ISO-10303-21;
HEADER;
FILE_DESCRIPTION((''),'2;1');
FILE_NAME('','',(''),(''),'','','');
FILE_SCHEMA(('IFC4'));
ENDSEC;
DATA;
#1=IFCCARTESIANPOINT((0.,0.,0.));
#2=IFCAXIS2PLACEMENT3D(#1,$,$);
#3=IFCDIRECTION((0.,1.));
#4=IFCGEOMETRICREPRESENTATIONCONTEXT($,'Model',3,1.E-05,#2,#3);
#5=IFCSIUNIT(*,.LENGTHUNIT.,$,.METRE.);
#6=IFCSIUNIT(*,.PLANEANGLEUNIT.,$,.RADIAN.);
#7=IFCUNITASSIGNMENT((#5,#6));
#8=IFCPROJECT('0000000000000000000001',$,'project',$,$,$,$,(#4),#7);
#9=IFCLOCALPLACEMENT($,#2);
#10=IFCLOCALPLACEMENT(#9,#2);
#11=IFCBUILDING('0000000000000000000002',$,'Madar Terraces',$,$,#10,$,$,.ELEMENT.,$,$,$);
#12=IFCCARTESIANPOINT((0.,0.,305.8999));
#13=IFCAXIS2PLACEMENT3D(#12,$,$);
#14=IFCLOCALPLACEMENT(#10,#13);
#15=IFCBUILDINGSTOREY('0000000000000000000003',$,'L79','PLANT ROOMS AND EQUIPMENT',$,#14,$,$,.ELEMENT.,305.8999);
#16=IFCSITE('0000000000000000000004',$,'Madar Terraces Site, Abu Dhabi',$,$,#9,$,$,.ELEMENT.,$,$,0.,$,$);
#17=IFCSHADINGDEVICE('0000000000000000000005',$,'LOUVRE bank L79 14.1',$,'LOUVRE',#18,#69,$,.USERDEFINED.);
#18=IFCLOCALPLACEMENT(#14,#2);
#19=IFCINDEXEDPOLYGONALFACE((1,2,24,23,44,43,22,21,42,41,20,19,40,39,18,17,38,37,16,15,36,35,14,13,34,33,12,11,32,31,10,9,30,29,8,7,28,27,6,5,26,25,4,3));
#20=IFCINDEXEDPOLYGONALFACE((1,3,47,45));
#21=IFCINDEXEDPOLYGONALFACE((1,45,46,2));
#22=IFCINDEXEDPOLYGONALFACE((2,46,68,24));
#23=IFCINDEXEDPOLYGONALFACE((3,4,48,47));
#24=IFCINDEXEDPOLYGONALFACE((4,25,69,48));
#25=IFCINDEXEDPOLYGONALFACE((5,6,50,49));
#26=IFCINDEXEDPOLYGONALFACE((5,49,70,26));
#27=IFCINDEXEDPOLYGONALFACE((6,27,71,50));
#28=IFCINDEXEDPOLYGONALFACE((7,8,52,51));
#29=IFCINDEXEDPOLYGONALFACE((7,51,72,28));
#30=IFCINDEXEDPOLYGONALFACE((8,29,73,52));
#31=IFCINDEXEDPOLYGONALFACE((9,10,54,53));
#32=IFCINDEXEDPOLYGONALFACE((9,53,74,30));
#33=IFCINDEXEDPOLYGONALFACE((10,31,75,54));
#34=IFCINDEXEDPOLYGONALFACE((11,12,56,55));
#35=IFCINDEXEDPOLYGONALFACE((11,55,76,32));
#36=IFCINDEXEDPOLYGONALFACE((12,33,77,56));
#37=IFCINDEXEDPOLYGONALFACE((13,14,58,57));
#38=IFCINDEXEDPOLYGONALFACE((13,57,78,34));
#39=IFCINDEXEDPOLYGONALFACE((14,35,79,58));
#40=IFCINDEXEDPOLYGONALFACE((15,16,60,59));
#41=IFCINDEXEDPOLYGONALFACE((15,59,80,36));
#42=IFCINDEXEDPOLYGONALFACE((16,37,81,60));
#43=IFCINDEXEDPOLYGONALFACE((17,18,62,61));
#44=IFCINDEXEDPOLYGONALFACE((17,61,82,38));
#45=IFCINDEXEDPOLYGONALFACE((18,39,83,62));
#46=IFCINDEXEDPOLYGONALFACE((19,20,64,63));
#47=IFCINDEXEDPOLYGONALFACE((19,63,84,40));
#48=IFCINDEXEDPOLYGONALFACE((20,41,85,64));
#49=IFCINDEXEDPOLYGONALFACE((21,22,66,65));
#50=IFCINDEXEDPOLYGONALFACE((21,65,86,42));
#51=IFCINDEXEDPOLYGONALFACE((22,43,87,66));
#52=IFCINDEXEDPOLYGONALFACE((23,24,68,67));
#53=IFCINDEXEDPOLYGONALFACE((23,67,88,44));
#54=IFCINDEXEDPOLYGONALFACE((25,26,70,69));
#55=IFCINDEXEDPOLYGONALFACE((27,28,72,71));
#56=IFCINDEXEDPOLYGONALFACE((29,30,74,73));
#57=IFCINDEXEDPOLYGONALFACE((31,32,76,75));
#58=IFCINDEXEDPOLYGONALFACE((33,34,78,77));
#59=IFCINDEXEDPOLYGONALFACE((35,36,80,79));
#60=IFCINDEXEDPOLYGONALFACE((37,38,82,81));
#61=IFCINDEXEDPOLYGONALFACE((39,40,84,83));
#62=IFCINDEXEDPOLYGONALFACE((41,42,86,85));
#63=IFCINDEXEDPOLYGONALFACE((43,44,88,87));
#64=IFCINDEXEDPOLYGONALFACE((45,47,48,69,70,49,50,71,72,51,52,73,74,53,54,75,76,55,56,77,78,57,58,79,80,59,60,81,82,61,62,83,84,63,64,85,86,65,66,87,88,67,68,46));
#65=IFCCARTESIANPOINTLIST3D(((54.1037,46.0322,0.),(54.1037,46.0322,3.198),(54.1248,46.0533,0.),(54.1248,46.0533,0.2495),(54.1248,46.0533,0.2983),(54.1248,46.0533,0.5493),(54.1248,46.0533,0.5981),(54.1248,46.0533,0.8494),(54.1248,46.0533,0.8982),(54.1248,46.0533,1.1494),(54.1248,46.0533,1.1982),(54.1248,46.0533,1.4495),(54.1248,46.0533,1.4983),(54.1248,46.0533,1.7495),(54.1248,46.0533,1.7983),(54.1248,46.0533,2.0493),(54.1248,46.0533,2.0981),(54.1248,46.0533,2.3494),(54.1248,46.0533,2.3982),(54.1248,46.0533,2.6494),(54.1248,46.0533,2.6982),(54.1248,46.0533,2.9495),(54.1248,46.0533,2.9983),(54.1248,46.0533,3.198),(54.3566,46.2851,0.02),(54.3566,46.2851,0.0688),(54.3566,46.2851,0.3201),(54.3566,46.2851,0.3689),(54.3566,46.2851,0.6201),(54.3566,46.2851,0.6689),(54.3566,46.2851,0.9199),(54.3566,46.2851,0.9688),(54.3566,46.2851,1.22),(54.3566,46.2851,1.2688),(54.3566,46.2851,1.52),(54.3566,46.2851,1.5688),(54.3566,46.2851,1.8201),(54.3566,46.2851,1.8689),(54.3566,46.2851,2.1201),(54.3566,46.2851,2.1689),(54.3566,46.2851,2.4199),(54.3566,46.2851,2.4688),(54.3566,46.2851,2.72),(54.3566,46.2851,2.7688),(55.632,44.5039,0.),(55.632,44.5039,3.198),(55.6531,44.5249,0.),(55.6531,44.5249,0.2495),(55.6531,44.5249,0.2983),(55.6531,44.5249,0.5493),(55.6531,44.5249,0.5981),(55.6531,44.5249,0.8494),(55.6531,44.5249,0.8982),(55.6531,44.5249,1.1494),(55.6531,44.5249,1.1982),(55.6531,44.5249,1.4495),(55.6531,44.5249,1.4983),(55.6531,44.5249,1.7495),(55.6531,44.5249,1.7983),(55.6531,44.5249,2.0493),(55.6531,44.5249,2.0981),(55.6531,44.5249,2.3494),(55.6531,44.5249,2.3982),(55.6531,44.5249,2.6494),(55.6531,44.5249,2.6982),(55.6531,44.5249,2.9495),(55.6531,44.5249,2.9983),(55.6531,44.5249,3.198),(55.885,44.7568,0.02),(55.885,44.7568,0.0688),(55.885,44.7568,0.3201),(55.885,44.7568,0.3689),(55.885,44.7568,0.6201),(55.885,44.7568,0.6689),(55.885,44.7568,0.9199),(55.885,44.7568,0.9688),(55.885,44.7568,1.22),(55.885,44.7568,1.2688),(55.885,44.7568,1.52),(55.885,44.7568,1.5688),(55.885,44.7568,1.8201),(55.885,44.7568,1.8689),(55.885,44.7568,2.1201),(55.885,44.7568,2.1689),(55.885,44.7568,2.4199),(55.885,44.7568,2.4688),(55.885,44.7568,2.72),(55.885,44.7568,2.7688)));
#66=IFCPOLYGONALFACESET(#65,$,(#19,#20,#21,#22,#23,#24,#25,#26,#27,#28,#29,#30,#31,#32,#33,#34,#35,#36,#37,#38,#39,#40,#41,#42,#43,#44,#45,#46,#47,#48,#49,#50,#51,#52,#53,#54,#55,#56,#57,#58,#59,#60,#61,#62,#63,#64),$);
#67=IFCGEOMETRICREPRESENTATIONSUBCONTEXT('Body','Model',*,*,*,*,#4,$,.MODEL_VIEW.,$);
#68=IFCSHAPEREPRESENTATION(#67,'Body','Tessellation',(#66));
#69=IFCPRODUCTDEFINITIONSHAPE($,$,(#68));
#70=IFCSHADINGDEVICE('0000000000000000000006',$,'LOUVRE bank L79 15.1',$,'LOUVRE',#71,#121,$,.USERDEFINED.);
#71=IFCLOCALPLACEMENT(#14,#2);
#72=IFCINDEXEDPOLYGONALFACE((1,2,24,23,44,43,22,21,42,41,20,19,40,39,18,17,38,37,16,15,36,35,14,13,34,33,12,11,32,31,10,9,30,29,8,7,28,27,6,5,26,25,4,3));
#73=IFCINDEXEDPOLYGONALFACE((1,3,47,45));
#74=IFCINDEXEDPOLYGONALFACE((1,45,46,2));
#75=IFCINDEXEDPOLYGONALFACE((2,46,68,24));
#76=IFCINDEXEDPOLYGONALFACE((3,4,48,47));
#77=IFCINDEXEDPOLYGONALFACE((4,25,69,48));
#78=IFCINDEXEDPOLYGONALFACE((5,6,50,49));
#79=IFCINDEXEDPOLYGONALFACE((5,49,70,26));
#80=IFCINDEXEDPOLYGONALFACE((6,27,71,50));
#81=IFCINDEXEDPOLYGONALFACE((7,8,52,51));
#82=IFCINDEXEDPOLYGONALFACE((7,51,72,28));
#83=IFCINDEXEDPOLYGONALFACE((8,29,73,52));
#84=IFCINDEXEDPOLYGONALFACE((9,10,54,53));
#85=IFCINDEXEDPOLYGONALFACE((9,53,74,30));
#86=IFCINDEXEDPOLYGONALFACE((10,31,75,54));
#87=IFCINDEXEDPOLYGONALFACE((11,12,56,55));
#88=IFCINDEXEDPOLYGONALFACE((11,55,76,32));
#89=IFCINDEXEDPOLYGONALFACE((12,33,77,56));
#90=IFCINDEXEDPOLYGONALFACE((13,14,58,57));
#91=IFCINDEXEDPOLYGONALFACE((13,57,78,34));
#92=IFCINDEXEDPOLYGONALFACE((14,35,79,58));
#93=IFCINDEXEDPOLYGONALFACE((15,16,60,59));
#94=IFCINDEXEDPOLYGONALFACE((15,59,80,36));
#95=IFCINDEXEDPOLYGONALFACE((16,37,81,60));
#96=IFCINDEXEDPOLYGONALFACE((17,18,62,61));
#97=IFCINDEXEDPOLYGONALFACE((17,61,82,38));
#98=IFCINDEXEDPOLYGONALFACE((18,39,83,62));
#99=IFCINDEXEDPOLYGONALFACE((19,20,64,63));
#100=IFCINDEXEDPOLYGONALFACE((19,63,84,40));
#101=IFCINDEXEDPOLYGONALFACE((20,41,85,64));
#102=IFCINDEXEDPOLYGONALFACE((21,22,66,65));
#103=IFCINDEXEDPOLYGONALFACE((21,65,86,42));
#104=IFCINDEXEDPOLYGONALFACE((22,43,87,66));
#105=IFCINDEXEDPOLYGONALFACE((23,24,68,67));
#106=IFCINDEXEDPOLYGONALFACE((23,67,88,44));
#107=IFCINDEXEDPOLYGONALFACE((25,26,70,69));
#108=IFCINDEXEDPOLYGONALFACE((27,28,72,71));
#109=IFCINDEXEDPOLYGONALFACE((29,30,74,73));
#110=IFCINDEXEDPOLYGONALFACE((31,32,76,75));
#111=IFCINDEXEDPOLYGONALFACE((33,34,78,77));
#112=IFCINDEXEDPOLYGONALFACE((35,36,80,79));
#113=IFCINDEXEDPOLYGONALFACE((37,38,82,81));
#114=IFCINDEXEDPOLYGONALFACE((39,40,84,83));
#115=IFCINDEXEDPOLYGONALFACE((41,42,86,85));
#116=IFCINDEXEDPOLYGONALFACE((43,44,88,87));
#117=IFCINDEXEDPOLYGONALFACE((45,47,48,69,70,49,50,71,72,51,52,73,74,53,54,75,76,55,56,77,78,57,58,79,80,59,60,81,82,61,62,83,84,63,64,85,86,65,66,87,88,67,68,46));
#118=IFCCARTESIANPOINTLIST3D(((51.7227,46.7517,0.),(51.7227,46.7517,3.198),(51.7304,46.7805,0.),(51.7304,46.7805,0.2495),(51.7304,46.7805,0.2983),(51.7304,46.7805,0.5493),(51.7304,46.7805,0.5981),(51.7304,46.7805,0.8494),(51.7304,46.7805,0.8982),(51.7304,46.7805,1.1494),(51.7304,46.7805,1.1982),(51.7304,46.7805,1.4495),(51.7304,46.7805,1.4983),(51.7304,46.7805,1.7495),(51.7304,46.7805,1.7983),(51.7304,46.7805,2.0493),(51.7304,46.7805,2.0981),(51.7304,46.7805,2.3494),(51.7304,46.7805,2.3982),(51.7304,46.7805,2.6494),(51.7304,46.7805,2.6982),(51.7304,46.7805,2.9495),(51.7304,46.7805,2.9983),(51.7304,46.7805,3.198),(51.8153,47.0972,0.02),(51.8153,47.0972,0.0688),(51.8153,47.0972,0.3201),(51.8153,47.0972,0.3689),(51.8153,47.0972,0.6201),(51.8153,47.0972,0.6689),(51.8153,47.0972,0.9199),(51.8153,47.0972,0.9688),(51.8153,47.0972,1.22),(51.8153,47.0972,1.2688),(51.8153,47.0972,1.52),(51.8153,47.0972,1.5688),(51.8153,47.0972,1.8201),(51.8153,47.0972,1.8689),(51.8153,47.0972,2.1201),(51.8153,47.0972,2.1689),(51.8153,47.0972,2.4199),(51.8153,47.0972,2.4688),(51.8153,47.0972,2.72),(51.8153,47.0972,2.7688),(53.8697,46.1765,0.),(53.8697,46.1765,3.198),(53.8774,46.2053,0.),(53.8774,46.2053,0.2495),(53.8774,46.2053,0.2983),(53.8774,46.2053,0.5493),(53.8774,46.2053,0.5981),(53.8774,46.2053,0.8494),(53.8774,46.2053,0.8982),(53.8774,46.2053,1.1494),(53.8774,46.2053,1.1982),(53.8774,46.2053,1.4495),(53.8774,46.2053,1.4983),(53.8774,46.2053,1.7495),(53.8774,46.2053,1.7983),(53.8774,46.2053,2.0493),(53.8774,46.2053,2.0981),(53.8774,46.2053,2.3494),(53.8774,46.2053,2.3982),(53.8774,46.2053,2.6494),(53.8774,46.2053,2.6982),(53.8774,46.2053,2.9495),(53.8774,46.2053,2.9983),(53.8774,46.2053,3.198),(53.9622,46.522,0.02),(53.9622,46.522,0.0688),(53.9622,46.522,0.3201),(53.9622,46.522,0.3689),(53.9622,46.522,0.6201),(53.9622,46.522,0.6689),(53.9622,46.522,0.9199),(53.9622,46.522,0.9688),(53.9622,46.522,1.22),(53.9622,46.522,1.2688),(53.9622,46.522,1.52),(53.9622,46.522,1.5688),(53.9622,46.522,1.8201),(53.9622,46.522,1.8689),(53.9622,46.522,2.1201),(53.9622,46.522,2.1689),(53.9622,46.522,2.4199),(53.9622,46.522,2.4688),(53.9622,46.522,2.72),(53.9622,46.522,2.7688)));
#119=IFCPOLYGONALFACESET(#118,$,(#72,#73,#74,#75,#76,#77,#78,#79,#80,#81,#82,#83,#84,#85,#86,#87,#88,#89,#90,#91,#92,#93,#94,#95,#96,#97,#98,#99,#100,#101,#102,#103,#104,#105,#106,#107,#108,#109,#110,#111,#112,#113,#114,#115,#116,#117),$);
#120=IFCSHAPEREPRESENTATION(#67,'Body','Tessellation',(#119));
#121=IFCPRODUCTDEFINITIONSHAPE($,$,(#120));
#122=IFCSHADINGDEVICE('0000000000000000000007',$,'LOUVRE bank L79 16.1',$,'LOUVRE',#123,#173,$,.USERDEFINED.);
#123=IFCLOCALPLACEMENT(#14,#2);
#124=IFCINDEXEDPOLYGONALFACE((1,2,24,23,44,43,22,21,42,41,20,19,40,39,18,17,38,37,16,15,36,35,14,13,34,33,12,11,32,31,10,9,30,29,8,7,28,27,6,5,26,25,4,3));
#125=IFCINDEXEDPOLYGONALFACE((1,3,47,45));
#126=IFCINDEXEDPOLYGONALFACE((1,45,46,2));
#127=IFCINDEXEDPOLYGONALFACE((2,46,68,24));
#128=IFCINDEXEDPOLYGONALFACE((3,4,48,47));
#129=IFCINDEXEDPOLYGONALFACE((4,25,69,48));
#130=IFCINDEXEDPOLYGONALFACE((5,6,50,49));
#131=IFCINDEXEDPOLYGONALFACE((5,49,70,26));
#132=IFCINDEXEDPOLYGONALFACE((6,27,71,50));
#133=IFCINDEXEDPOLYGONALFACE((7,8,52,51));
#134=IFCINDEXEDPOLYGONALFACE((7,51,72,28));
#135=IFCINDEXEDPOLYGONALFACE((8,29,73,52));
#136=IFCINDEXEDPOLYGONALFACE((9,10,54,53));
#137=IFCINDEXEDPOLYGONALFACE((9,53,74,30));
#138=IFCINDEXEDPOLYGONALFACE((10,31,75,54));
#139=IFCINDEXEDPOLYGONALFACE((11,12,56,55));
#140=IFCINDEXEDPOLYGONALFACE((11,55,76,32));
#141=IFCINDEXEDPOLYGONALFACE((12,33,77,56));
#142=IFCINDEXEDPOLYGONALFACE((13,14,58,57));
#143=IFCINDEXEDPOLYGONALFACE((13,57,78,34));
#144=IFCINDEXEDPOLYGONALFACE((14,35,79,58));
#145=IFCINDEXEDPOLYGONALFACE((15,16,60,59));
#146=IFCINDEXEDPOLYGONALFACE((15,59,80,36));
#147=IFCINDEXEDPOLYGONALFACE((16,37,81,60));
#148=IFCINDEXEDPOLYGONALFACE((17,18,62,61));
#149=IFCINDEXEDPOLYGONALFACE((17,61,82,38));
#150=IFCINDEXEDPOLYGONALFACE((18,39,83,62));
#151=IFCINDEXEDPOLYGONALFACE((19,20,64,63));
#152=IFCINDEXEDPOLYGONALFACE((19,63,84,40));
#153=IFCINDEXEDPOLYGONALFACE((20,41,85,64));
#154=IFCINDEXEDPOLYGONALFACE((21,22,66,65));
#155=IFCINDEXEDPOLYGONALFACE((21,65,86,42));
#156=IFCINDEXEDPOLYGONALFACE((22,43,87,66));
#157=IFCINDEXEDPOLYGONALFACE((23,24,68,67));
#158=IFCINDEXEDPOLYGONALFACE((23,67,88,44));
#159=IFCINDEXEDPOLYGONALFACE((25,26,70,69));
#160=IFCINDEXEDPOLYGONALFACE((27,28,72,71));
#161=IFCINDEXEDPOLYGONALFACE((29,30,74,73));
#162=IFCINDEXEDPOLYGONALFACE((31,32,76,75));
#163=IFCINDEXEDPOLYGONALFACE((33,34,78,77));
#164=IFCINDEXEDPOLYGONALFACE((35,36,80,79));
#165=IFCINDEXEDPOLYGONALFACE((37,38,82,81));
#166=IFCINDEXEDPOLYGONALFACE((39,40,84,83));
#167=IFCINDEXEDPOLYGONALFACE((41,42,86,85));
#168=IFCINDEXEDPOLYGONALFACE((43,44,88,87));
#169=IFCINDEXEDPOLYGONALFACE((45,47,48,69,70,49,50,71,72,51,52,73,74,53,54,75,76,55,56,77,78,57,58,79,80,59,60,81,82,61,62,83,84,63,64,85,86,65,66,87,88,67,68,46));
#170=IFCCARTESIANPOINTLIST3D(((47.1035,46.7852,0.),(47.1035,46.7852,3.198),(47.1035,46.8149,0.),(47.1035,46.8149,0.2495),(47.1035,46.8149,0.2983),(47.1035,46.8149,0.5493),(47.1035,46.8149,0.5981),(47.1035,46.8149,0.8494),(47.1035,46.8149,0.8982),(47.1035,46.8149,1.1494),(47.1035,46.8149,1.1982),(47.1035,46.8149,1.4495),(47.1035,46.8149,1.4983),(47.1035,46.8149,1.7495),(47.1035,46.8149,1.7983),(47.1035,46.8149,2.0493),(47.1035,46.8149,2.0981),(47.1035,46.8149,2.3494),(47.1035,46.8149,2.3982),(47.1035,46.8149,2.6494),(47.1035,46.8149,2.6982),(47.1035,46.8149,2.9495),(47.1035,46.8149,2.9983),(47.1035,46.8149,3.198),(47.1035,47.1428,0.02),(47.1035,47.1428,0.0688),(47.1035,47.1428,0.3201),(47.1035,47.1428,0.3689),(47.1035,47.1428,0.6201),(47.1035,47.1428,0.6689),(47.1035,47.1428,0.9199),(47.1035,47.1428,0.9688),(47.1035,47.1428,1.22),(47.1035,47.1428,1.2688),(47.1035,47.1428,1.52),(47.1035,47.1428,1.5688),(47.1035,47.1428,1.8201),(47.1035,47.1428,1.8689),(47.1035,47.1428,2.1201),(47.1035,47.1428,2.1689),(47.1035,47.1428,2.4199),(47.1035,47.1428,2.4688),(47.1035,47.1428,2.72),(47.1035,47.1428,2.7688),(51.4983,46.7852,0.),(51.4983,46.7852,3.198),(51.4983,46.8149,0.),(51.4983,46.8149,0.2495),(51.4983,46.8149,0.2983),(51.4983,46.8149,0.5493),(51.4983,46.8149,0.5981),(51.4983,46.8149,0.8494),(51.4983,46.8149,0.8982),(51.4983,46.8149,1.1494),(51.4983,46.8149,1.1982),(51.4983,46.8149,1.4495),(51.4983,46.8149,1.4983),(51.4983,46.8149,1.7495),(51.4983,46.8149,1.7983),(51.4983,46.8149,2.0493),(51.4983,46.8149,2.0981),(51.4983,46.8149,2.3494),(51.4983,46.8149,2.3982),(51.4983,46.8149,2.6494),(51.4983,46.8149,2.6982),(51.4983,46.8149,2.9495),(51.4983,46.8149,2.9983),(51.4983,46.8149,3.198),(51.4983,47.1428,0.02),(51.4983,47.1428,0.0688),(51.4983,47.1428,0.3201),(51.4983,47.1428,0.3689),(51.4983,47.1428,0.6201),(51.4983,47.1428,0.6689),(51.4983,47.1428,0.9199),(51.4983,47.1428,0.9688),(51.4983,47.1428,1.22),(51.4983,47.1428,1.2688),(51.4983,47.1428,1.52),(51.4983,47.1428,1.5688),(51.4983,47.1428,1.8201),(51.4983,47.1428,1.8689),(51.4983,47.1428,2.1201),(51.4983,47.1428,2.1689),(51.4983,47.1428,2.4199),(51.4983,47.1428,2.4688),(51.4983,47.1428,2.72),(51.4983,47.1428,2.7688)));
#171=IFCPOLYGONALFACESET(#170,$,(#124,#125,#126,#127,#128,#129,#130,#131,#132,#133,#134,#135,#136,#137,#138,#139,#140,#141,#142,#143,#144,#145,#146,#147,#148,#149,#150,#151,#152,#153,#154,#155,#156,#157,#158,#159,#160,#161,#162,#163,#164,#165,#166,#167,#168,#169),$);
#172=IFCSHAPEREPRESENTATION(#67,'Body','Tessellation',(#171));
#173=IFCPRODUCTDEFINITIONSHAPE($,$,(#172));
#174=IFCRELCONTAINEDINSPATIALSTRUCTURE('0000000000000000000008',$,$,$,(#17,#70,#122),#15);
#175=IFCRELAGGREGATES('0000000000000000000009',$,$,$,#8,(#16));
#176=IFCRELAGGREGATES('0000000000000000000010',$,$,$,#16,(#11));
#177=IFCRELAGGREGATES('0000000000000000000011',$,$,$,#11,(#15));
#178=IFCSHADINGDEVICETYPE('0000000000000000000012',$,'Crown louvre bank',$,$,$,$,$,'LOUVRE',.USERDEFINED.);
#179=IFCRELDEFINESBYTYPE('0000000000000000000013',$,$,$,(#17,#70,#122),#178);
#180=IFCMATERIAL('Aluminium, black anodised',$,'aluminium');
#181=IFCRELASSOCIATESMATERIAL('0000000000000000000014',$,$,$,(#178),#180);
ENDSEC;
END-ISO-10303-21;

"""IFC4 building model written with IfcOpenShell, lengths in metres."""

from ifc_helpers import new_model, si_unit, direction, frame, origin, place, context, subcontext, project, spatial, polyline, outline, extrude, material, type_object, element, save


model = new_model("IFC4")

# Units and contexts
model_context = context("Model", 3, precision=1e-05, world=origin(), true_north=direction((0.0, 1.0)))
body_context = subcontext(model_context, "Body", "Model", "MODEL_VIEW")
ifc_project = project(units=[si_unit("LENGTHUNIT", "METRE"), si_unit("PLANEANGLEUNIT", "RADIAN")], contexts=[model_context])

# Site, building, storey
site_placement = place(None, origin())
site = spatial("IfcSite", under=ifc_project, at=site_placement, Name="Madar Terraces Site, Abu Dhabi", CompositionType="ELEMENT", RefElevation=0.0)
building_placement = place(site_placement, origin())
building = spatial("IfcBuilding", under=site, at=building_placement, Name="Madar Terraces", CompositionType="ELEMENT")
storey_placement = place(building_placement, frame((0.0, 0.0, 305.8999)))
storey = spatial("IfcBuildingStorey", under=building, at=storey_placement, Name="L79", Description="PLANT ROOMS AND EQUIPMENT", CompositionType="ELEMENT", Elevation=305.8999)

# Shading devices
ifc_material_1 = material(Name="Aluminium, black anodised", Category="aluminium")
shading_device_type = type_object("IfcShadingDeviceType", Name="Crown louvre bank", ElementType="LOUVRE", PredefinedType="USERDEFINED", material=ifc_material_1)
shading_device_1_placement = place(storey_placement, frame((55.6426, 44.5144, 0.0), z_axis=(-0.707107, 0.707107, 0.0), x_axis=(-0.707107, -0.707107, 0.0)))
element("IfcShadingDevice", 1, at=shading_device_1_placement, inside=storey, type_object=shading_device_type, Name="LOUVRE bank L79 14.1", ObjectType="LOUVRE", PredefinedType="USERDEFINED", context=body_context, shape_type="SweptSolid", body=[
    extrude(outline(polyline([(0.0149, 0.0), (-0.0149, 0.0), (-0.0149, 0.2495), (-0.3428, 0.02), (-0.3428, 0.0688), (-0.0149, 0.2983), (-0.0149, 0.5493), (-0.3428, 0.3201), (-0.3428, 0.3689), (-0.0149, 0.5981), (-0.0149, 0.8494), (-0.3428, 0.6201), (-0.3428, 0.6689), (-0.0149, 0.8982), (-0.0149, 1.1494), (-0.3428, 0.9199), (-0.3428, 0.9688), (-0.0149, 1.1982), (-0.0149, 1.4495), (-0.3428, 1.22), (-0.3428, 1.2688), (-0.0149, 1.4983), (-0.0149, 1.7495), (-0.3428, 1.52), (-0.3428, 1.5688), (-0.0149, 1.7983), (-0.0149, 2.0493), (-0.3428, 1.8201), (-0.3428, 1.8689), (-0.0149, 2.0981), (-0.0149, 2.3494), (-0.3428, 2.1201), (-0.3428, 2.1689), (-0.0149, 2.3982), (-0.0149, 2.6494), (-0.3428, 2.4199), (-0.3428, 2.4688), (-0.0149, 2.6982), (-0.0149, 2.9495), (-0.3428, 2.72), (-0.3428, 2.7688), (-0.0149, 2.9983), (-0.0149, 3.198), (0.0149, 3.198), (0.0149, 0.0)])), origin(), (0.0, 0.0, 1.0), 2.1614),
])
shading_device_2_placement = place(storey_placement, frame((53.8735, 46.1909, 0.0), z_axis=(-0.965935, 0.258784, 0.0), x_axis=(-0.258784, -0.965935, 0.0)))
element("IfcShadingDevice", 2, at=shading_device_2_placement, inside=storey, type_object=shading_device_type, Name="LOUVRE bank L79 15.1", ObjectType="LOUVRE", PredefinedType="USERDEFINED", context=body_context, shape_type="SweptSolid", body=[
    extrude(outline(polyline([(0.0149, 0.0), (-0.0149, 0.0), (-0.0149, 0.2495), (-0.3428, 0.02), (-0.3428, 0.0688), (-0.0149, 0.2983), (-0.0149, 0.5493), (-0.3428, 0.3201), (-0.3428, 0.3689), (-0.0149, 0.5981), (-0.0149, 0.8494), (-0.3428, 0.6201), (-0.3428, 0.6689), (-0.0149, 0.8982), (-0.0149, 1.1494), (-0.3428, 0.9199), (-0.3428, 0.9688), (-0.0149, 1.1982), (-0.0149, 1.4495), (-0.3428, 1.22), (-0.3428, 1.2688), (-0.0149, 1.4983), (-0.0149, 1.7495), (-0.3428, 1.52), (-0.3428, 1.5688), (-0.0149, 1.7983), (-0.0149, 2.0493), (-0.3428, 1.8201), (-0.3428, 1.8689), (-0.0149, 2.0981), (-0.0149, 2.3494), (-0.3428, 2.1201), (-0.3428, 2.1689), (-0.0149, 2.3982), (-0.0149, 2.6494), (-0.3428, 2.4199), (-0.3428, 2.4688), (-0.0149, 2.6982), (-0.0149, 2.9495), (-0.3428, 2.72), (-0.3428, 2.7688), (-0.0149, 2.9983), (-0.0149, 3.198), (0.0149, 3.198), (0.0149, 0.0)])), origin(), (0.0, 0.0, 1.0), 2.2227),
])
shading_device_3_placement = place(storey_placement, frame((51.4983, 46.8, 0.0), z_axis=(-1.0, 0.0, 0.0), x_axis=(0.0, -1.0, 0.0)))
element("IfcShadingDevice", 3, at=shading_device_3_placement, inside=storey, type_object=shading_device_type, Name="LOUVRE bank L79 16.1", ObjectType="LOUVRE", PredefinedType="USERDEFINED", context=body_context, shape_type="SweptSolid", body=[
    extrude(outline(polyline([(0.0149, 0.0), (-0.0149, 0.0), (-0.0149, 0.2495), (-0.3428, 0.02), (-0.3428, 0.0688), (-0.0149, 0.2983), (-0.0149, 0.5493), (-0.3428, 0.3201), (-0.3428, 0.3689), (-0.0149, 0.5981), (-0.0149, 0.8494), (-0.3428, 0.6201), (-0.3428, 0.6689), (-0.0149, 0.8982), (-0.0149, 1.1494), (-0.3428, 0.9199), (-0.3428, 0.9688), (-0.0149, 1.1982), (-0.0149, 1.4495), (-0.3428, 1.22), (-0.3428, 1.2688), (-0.0149, 1.4983), (-0.0149, 1.7495), (-0.3428, 1.52), (-0.3428, 1.5688), (-0.0149, 1.7983), (-0.0149, 2.0493), (-0.3428, 1.8201), (-0.3428, 1.8689), (-0.0149, 2.0981), (-0.0149, 2.3494), (-0.3428, 2.1201), (-0.3428, 2.1689), (-0.0149, 2.3982), (-0.0149, 2.6494), (-0.3428, 2.4199), (-0.3428, 2.4688), (-0.0149, 2.6982), (-0.0149, 2.9495), (-0.3428, 2.72), (-0.3428, 2.7688), (-0.0149, 2.9983), (-0.0149, 3.198), (0.0149, 3.198), (0.0149, 0.0)])), origin(), (0.0, 0.0, 1.0), 4.3948),
])

save(model, "model.ifc")
